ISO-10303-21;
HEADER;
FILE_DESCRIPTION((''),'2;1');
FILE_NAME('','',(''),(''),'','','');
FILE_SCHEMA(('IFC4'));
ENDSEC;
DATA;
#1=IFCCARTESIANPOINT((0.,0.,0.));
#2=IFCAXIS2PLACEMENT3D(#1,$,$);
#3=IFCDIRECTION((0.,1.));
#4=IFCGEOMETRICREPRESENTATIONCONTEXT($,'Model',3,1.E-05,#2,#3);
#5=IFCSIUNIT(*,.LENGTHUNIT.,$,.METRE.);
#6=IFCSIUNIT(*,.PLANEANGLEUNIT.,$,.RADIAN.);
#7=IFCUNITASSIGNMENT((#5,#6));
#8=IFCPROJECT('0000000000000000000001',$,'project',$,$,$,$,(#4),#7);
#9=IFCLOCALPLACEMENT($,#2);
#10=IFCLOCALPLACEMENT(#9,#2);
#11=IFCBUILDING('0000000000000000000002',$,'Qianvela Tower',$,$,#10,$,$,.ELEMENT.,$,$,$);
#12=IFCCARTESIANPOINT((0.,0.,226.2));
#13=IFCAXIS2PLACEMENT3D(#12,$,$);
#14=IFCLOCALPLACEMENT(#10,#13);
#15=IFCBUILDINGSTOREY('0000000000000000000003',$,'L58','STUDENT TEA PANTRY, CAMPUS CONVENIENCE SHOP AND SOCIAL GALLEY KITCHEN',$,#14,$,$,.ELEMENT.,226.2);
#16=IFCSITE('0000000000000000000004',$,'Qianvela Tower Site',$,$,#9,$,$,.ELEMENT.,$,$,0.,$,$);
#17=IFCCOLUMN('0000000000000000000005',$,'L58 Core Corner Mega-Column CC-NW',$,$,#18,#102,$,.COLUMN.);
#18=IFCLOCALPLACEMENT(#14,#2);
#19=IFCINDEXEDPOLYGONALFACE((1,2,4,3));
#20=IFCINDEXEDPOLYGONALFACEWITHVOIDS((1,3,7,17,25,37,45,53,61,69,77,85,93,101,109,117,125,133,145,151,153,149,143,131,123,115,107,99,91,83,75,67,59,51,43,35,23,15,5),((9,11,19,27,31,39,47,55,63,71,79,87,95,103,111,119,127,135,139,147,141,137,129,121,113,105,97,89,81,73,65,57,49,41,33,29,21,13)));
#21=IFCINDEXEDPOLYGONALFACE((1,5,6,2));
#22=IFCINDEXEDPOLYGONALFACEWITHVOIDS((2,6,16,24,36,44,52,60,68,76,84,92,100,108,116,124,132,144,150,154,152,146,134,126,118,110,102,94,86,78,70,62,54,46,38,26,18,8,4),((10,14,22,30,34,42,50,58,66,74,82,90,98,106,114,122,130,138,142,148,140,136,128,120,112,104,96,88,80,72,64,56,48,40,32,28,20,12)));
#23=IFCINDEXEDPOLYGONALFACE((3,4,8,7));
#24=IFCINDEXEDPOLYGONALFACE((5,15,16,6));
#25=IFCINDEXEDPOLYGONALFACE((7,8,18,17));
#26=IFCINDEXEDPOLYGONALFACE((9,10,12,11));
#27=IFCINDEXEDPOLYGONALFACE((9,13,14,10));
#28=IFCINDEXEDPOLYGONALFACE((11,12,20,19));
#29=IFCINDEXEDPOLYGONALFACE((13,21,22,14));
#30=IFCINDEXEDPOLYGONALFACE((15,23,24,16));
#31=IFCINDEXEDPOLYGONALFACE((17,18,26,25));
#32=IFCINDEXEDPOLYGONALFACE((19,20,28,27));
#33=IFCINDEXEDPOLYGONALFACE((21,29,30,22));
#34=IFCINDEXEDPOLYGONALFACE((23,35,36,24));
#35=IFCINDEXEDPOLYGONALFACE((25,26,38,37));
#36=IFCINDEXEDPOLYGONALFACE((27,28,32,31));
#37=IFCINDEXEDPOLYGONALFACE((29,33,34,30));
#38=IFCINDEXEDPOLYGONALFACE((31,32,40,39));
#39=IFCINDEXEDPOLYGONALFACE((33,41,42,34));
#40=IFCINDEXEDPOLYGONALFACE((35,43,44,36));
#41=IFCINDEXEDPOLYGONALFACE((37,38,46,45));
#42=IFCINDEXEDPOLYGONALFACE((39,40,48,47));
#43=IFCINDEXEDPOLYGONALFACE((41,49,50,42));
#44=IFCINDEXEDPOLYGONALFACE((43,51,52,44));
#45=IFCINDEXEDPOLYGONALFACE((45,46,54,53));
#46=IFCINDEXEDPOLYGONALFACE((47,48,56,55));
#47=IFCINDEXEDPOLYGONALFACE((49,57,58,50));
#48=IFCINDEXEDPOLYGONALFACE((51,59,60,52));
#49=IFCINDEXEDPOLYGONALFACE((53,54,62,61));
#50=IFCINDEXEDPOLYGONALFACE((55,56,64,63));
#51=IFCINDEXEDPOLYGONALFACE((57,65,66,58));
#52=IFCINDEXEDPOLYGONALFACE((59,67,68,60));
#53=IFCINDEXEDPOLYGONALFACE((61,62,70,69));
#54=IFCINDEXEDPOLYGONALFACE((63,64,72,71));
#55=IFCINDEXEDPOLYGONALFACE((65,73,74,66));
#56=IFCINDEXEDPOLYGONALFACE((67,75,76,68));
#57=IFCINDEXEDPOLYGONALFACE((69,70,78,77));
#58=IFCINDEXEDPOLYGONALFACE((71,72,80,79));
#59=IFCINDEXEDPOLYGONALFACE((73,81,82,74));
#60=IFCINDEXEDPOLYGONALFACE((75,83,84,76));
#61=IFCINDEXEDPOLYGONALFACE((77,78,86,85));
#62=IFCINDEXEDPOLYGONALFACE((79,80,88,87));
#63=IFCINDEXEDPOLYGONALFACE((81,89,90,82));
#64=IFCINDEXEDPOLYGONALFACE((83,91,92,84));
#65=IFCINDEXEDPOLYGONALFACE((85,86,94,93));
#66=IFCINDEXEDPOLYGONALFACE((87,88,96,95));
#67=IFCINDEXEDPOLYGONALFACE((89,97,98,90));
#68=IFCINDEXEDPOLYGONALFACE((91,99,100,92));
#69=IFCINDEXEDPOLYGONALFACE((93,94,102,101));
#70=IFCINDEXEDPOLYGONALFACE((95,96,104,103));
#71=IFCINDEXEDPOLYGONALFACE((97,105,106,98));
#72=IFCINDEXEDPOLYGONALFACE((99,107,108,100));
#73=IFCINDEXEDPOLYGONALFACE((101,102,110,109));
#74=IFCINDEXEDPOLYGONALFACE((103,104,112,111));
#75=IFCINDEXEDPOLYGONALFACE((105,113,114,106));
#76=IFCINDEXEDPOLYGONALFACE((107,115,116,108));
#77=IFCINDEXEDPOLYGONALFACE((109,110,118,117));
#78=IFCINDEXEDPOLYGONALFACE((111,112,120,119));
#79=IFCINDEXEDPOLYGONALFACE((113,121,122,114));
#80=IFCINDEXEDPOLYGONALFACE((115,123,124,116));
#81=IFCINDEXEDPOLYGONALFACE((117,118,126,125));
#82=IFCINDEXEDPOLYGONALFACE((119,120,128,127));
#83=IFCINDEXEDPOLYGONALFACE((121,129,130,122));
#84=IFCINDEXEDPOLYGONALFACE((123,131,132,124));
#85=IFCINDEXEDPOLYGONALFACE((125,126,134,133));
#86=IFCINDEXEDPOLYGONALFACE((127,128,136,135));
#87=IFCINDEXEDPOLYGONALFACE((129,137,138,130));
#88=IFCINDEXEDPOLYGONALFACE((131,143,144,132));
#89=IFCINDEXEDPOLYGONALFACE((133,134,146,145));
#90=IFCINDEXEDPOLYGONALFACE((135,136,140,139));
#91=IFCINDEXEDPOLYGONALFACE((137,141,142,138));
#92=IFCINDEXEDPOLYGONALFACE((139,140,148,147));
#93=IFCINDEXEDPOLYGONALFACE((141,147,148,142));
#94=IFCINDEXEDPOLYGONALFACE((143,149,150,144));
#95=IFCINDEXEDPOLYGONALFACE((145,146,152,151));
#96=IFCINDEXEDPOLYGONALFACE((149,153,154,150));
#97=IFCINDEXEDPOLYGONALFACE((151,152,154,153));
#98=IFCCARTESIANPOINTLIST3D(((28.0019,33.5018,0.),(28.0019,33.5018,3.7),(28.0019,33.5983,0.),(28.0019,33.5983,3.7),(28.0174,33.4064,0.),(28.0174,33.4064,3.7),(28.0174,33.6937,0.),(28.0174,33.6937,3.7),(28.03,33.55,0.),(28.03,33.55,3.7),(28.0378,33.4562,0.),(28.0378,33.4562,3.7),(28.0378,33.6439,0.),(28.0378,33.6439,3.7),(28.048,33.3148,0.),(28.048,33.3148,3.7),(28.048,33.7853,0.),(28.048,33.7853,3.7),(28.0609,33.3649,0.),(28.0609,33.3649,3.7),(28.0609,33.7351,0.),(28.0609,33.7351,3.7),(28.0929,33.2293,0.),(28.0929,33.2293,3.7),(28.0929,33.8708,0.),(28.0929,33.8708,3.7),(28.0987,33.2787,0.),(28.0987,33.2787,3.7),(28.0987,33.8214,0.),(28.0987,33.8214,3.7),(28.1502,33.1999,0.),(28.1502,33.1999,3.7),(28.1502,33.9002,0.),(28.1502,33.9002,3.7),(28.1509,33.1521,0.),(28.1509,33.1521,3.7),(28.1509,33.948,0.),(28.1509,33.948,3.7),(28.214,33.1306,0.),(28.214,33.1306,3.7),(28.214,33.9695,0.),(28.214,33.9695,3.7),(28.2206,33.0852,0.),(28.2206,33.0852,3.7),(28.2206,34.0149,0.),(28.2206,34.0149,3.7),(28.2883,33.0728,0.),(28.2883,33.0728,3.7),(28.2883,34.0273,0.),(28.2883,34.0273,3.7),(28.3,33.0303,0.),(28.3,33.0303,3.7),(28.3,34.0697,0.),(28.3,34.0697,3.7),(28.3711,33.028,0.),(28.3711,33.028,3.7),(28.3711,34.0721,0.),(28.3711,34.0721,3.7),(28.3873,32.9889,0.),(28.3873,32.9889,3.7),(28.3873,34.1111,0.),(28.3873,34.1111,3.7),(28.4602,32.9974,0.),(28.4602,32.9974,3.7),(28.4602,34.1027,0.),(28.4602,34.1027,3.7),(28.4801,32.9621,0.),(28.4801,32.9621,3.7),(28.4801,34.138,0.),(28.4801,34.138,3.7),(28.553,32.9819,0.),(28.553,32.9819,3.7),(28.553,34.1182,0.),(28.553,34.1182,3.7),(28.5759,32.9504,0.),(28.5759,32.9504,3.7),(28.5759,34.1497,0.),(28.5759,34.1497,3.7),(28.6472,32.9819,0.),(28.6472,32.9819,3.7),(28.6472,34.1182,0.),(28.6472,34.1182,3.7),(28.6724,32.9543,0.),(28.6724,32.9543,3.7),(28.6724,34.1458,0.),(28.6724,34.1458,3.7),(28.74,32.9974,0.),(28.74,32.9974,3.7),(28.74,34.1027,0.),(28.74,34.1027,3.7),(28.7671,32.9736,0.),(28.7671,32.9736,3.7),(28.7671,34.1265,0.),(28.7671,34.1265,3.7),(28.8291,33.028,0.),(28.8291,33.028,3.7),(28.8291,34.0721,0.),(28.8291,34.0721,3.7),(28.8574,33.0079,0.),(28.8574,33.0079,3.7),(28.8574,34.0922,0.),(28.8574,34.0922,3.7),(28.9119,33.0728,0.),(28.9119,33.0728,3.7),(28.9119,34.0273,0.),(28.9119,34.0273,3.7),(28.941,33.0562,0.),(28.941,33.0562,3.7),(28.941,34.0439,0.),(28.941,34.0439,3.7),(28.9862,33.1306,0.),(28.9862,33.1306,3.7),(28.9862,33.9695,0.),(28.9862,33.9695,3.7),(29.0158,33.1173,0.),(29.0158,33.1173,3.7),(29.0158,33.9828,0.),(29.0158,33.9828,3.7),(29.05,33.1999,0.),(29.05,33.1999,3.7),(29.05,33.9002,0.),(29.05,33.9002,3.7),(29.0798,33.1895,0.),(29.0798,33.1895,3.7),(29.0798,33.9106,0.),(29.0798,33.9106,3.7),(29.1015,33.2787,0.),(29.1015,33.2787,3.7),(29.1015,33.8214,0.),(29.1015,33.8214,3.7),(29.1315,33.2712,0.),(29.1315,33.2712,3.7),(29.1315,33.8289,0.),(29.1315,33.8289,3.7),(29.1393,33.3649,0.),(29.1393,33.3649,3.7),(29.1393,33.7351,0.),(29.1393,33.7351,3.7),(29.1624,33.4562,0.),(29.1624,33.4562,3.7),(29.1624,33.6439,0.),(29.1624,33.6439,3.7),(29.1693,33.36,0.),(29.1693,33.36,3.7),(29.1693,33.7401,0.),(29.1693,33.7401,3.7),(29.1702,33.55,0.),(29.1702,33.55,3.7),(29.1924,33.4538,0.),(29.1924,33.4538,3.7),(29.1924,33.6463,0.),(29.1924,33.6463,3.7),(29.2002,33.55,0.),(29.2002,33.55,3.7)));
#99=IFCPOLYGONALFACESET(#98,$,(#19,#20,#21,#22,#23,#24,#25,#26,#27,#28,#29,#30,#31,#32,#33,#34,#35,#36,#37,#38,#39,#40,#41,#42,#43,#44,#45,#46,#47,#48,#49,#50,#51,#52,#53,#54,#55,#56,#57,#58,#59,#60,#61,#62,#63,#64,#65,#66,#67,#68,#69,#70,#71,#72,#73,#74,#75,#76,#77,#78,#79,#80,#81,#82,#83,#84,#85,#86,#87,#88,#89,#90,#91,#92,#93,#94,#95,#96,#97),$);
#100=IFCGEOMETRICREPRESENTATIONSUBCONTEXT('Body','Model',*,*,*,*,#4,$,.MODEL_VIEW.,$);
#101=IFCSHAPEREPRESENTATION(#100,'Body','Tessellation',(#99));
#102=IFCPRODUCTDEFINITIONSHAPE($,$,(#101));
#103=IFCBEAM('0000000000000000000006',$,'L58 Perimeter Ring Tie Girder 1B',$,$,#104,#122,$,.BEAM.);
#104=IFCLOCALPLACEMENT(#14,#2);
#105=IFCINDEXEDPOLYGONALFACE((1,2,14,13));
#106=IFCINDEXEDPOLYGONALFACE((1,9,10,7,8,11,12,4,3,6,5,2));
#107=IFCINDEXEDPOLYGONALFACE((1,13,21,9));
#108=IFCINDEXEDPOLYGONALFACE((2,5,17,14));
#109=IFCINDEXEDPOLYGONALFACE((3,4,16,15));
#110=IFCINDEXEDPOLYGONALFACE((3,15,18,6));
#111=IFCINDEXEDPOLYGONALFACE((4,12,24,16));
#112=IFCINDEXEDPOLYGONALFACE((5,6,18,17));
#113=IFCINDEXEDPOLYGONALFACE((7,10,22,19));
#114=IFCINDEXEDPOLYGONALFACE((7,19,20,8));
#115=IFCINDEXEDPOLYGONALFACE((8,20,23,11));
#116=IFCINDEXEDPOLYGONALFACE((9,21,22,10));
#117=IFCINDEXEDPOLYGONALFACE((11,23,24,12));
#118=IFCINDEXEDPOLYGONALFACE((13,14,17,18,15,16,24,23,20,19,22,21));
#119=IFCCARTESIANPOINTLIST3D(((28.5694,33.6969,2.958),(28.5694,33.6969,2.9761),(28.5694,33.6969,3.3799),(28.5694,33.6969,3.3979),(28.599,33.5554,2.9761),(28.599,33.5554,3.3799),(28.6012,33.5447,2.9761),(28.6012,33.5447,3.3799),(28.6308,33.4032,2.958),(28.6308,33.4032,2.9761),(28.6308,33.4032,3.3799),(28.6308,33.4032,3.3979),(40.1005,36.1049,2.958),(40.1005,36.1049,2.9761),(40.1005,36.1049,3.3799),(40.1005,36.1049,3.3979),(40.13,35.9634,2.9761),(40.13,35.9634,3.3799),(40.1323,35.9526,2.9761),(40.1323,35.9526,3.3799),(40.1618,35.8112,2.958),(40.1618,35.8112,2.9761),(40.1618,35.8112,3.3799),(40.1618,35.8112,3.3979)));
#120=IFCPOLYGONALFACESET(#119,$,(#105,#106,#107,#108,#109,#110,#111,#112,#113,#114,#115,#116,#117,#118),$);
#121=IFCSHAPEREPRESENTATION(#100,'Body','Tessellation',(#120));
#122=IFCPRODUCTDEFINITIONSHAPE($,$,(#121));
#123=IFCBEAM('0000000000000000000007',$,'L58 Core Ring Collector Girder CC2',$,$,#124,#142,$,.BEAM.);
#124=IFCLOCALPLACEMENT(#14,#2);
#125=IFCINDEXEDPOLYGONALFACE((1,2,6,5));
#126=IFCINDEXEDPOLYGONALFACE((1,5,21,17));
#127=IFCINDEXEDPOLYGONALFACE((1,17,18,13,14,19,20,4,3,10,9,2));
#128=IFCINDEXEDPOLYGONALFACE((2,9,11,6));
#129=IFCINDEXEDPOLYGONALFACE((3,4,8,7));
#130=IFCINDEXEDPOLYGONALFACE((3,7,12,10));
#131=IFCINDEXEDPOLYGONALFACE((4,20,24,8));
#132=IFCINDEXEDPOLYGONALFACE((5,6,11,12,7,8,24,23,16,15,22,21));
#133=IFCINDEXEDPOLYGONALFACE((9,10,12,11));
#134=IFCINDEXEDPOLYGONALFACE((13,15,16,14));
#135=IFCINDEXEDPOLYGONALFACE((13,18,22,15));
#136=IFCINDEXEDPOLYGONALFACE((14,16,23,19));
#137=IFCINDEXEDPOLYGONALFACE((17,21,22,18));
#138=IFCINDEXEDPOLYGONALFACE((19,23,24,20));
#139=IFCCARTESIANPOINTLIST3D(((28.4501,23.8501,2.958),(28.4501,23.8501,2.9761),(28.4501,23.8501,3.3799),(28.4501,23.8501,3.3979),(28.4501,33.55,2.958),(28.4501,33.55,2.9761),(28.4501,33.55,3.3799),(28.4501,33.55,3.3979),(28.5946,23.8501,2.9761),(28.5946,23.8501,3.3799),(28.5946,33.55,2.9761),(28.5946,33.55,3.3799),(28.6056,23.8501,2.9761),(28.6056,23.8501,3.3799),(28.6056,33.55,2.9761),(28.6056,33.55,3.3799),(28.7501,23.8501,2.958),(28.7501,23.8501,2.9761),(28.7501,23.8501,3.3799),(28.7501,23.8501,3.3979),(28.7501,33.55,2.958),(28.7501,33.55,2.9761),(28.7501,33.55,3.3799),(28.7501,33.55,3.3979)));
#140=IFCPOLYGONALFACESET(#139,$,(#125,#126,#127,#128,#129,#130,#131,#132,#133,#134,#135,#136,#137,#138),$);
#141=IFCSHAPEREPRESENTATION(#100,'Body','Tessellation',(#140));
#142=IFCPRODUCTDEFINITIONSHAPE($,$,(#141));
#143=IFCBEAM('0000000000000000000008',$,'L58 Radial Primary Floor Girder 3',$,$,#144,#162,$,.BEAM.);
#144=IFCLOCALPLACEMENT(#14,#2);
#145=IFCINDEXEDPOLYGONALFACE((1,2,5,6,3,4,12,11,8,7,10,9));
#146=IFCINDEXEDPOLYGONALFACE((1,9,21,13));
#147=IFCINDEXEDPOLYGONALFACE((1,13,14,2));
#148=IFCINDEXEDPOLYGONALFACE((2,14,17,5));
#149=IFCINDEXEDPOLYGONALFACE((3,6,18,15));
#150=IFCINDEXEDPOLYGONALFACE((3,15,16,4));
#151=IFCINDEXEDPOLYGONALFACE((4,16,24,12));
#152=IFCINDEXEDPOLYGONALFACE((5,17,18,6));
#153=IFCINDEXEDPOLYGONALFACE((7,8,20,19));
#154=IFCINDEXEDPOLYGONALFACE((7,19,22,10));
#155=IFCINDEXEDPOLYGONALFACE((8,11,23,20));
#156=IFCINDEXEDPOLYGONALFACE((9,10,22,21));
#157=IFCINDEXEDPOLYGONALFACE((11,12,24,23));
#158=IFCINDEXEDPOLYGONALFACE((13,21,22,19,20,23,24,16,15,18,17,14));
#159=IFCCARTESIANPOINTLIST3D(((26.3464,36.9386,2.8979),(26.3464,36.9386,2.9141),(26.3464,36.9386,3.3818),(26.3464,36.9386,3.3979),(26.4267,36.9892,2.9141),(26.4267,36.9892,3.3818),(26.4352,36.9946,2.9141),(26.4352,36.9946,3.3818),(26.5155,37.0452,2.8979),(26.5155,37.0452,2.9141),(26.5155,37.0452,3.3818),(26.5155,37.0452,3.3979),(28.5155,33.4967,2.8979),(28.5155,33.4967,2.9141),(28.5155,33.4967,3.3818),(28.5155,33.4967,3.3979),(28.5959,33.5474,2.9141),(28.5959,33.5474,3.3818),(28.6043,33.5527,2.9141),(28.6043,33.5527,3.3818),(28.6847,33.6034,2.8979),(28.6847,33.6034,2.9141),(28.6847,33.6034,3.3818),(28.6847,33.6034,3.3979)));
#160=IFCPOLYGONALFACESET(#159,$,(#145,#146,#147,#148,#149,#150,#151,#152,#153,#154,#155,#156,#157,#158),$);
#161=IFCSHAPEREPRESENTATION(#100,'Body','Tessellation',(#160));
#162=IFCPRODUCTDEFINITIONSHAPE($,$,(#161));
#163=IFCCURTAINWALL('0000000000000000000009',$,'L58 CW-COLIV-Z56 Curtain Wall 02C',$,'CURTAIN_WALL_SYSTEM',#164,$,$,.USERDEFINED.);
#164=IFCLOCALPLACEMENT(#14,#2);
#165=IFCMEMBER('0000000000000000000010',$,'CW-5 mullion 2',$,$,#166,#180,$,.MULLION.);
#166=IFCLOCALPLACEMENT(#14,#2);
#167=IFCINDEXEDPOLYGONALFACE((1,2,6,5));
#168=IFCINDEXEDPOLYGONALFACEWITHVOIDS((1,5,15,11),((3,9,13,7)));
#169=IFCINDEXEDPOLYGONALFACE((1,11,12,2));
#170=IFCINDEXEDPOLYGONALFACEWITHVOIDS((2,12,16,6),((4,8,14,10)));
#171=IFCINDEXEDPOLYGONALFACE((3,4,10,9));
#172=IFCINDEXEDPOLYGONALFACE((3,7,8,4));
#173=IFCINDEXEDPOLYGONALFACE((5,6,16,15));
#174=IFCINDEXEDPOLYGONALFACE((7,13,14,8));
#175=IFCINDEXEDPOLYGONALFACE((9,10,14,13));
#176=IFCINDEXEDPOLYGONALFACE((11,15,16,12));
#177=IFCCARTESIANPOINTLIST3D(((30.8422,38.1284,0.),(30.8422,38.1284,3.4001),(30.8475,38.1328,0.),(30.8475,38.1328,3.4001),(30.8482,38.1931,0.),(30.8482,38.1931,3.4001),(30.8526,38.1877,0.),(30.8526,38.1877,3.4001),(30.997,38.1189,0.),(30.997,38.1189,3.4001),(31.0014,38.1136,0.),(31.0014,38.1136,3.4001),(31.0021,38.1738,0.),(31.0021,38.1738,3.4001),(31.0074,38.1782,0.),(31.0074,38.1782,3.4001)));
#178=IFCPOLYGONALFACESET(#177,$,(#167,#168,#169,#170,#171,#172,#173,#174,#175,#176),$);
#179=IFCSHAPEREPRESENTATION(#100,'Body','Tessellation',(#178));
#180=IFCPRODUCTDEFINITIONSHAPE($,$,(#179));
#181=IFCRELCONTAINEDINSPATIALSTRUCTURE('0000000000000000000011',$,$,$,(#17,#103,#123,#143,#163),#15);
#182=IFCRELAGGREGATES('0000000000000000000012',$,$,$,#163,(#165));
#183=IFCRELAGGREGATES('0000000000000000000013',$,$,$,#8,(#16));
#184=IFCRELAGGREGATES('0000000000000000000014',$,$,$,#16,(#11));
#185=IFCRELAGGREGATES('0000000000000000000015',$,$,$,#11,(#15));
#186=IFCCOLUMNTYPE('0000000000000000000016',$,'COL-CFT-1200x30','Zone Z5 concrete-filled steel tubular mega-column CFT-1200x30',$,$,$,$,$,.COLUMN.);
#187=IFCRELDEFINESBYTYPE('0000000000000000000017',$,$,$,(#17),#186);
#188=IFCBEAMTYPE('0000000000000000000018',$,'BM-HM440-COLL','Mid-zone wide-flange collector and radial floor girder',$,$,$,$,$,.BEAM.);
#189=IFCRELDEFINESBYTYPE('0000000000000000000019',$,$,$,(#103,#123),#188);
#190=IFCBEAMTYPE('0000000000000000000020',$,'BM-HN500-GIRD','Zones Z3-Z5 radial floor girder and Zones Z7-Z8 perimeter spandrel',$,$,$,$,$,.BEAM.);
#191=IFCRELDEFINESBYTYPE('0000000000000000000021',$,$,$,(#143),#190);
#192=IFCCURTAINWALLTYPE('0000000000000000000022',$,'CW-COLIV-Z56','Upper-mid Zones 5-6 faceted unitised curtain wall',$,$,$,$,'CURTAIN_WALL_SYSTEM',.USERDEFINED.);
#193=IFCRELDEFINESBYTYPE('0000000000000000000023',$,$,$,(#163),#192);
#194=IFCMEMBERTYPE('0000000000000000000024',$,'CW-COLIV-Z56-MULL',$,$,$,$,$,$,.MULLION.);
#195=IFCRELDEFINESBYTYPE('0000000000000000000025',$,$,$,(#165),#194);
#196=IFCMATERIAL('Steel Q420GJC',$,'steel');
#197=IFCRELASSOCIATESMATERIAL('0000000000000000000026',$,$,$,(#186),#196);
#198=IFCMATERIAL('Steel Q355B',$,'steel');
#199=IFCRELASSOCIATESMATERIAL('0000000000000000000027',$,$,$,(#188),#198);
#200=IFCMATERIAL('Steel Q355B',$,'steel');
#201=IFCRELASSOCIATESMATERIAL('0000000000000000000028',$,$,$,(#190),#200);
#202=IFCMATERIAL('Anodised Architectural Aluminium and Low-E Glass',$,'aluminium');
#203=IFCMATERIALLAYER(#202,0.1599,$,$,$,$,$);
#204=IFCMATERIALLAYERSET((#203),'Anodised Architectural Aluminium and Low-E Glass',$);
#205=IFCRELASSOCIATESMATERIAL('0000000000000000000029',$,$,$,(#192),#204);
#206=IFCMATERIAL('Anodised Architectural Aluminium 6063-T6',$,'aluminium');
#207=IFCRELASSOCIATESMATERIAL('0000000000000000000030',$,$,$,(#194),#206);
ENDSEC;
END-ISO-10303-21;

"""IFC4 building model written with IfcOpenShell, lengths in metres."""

from ifc_helpers import new_model, si_unit, direction, frame, origin, origin_2d, place, context, subcontext, project, spatial, hollow_rectangle, hollow_circle, i_section, extrude, material, layer, layer_set, material_profile, profile_set, type_object, element, aggregate, save


model = new_model("IFC4")

# Units and contexts
model_context = context("Model", 3, precision=1e-05, world=origin(), true_north=direction((0.0, 1.0)))
body_context = subcontext(model_context, "Body", "Model", "MODEL_VIEW")
ifc_project = project(units=[si_unit("LENGTHUNIT", "METRE"), si_unit("PLANEANGLEUNIT", "RADIAN")], contexts=[model_context])

# Site, building, storey
site_placement = place(None, origin())
site = spatial("IfcSite", under=ifc_project, at=site_placement, Name="Qianvela Tower Site", CompositionType="ELEMENT", RefElevation=0.0)
building_placement = place(site_placement, origin())
building = spatial("IfcBuilding", under=site, at=building_placement, Name="Qianvela Tower", CompositionType="ELEMENT")
storey_placement = place(building_placement, frame((0.0, 0.0, 226.2)))
storey = spatial("IfcBuildingStorey", under=building, at=storey_placement, Name="L58", Description="STUDENT TEA PANTRY, CAMPUS CONVENIENCE SHOP AND SOCIAL GALLEY KITCHEN", CompositionType="ELEMENT", Elevation=226.2)

# Column
ifc_material_1 = material(Name="Steel Q420GJC", Category="steel")
ifc_material_profile_1 = material_profile(ifc_material_1, hollow_circle(Radius=0.6001, WallThickness=0.03, at=origin_2d()), Name="CFT-1200x30")
ifc_profile_set_1 = profile_set([ifc_material_profile_1], Name="Steel Q420GJC")
column_type = type_object("IfcColumnType", Name="COL-CFT-1200x30", Description="Zone Z5 concrete-filled steel tubular mega-column CFT-1200x30", PredefinedType="COLUMN", material=ifc_profile_set_1)
column_placement = place(storey_placement, frame((28.6001, 33.55, 0.0), z_axis=(0.0, 0.0, 1.0), x_axis=(1.0, 0.0, 0.0)))
element("IfcColumn", 1, at=column_placement, inside=storey, type_object=column_type, Name="L58 Core Corner Mega-Column CC-NW", PredefinedType="COLUMN", context=body_context, shape_type="SweptSolid", body=[
    extrude(hollow_circle(Radius=0.6001, WallThickness=0.03, at=origin_2d()), origin(), (0.0, 0.0, 1.0), 3.7),
])

# Beams
ifc_material_2 = material(Name="Steel Q355B", Category="steel")
ifc_material_profile_2 = material_profile(ifc_material_2, i_section(OverallWidth=0.3, OverallDepth=0.4399, WebThickness=0.011, FlangeThickness=0.0181, at=origin_2d()), Name="HM440x300x11x18")
ifc_profile_set_2 = profile_set([ifc_material_profile_2], Name="Steel Q355B")
beam_type_1 = type_object("IfcBeamType", Name="BM-HM440-COLL", Description="Mid-zone wide-flange collector and radial floor girder", PredefinedType="BEAM", material=ifc_profile_set_2)
beam_1_placement = place(storey_placement, frame((28.6001, 33.55, 3.178), z_axis=(0.978884, 0.204415, 0.0), x_axis=(-0.204415, 0.978884, 0.0)))
element("IfcBeam", 2, at=beam_1_placement, inside=storey, type_object=beam_type_1, Name="L58 Perimeter Ring Tie Girder 1B", PredefinedType="BEAM", context=body_context, shape_type="SweptSolid", body=[
    extrude(i_section(OverallWidth=0.3, OverallDepth=0.4399, WebThickness=0.011, FlangeThickness=0.0181, at=origin_2d()), origin(), (0.0, 0.0, 1.0), 11.7798),
])
beam_2_placement = place(storey_placement, frame((28.6001, 33.55, 3.178), z_axis=(0.0, -1.0, 0.0), x_axis=(1.0, 0.0, 0.0)))
element("IfcBeam", 3, at=beam_2_placement, inside=storey, type_object=beam_type_1, Name="L58 Core Ring Collector Girder CC2", PredefinedType="BEAM", context=body_context, shape_type="SweptSolid", body=[
    extrude(i_section(OverallWidth=0.3, OverallDepth=0.4399, WebThickness=0.011, FlangeThickness=0.0181, at=origin_2d()), origin(), (0.0, 0.0, 1.0), 9.7),
])
ifc_material_3 = material(Name="Steel Q355B", Category="steel")
ifc_material_profile_3 = material_profile(ifc_material_3, i_section(OverallWidth=0.2, OverallDepth=0.5, WebThickness=0.01, FlangeThickness=0.0161, at=origin_2d()), Name="HN500x200x10x16")
ifc_profile_set_3 = profile_set([ifc_material_profile_3], Name="Steel Q355B")
beam_type_2 = type_object("IfcBeamType", Name="BM-HN500-GIRD", Description="Zones Z3-Z5 radial floor girder and Zones Z7-Z8 perimeter spandrel", PredefinedType="BEAM", material=ifc_profile_set_3)
beam_3_placement = place(storey_placement, frame((28.6001, 33.55, 3.1479), z_axis=(-0.533178, 0.846003, 0.0), x_axis=(-0.846003, -0.533178, 0.0)))
element("IfcBeam", 4, at=beam_3_placement, inside=storey, type_object=beam_type_2, Name="L58 Radial Primary Floor Girder 3", PredefinedType="BEAM", context=body_context, shape_type="SweptSolid", body=[
    extrude(i_section(OverallWidth=0.2, OverallDepth=0.5, WebThickness=0.01, FlangeThickness=0.0161, at=origin_2d()), origin(), (0.0, 0.0, 1.0), 4.0684),
])

# Curtain wall, member
ifc_material_4 = material(Name="Anodised Architectural Aluminium and Low-E Glass", Category="aluminium")
ifc_layer_1 = layer(ifc_material_4, 0.1599)
ifc_layer_set_1 = layer_set([ifc_layer_1], Name="Anodised Architectural Aluminium and Low-E Glass")
curtain_wall_type = type_object("IfcCurtainWallType", Name="CW-COLIV-Z56", Description="Upper-mid Zones 5-6 faceted unitised curtain wall", ElementType="CURTAIN_WALL_SYSTEM", PredefinedType="USERDEFINED", material=ifc_layer_set_1)
curtain_wall_placement = place(storey_placement, origin())
curtain_wall = element("IfcCurtainWall", 5, at=curtain_wall_placement, inside=storey, type_object=curtain_wall_type, Name="L58 CW-COLIV-Z56 Curtain Wall 02C", ObjectType="CURTAIN_WALL_SYSTEM", PredefinedType="USERDEFINED")
ifc_material_5 = material(Name="Anodised Architectural Aluminium 6063-T6", Category="aluminium")
ifc_material_profile_4 = material_profile(ifc_material_5, hollow_rectangle(XDim=0.0649, YDim=0.1599, WallThickness=0.0049, at=origin_2d()), Name="ALU-MULL-65x160")
ifc_profile_set_4 = profile_set([ifc_material_profile_4], Name="Anodised Architectural Aluminium 6063-T6")
member_type_1 = type_object("IfcMemberType", Name="CW-COLIV-Z56-MULL", PredefinedType="MULLION", material=ifc_profile_set_4)
member_1_placement = place(storey_placement, frame((30.9248, 38.1533, 0.0), z_axis=(0.0, 0.0, 1.0), x_axis=(-0.0926, -0.995703, 0.0)))
member_1 = element("IfcMember", 6, at=member_1_placement, type_object=member_type_1, Name="CW-5 mullion 2", PredefinedType="MULLION", context=body_context, shape_type="SweptSolid", body=[
    extrude(hollow_rectangle(XDim=0.0649, YDim=0.1599, WallThickness=0.0049, at=origin_2d()), origin(), (0.0, 0.0, 1.0), 3.4001),
])
aggregate(curtain_wall, [member_1])

save(model, "model.ifc")
